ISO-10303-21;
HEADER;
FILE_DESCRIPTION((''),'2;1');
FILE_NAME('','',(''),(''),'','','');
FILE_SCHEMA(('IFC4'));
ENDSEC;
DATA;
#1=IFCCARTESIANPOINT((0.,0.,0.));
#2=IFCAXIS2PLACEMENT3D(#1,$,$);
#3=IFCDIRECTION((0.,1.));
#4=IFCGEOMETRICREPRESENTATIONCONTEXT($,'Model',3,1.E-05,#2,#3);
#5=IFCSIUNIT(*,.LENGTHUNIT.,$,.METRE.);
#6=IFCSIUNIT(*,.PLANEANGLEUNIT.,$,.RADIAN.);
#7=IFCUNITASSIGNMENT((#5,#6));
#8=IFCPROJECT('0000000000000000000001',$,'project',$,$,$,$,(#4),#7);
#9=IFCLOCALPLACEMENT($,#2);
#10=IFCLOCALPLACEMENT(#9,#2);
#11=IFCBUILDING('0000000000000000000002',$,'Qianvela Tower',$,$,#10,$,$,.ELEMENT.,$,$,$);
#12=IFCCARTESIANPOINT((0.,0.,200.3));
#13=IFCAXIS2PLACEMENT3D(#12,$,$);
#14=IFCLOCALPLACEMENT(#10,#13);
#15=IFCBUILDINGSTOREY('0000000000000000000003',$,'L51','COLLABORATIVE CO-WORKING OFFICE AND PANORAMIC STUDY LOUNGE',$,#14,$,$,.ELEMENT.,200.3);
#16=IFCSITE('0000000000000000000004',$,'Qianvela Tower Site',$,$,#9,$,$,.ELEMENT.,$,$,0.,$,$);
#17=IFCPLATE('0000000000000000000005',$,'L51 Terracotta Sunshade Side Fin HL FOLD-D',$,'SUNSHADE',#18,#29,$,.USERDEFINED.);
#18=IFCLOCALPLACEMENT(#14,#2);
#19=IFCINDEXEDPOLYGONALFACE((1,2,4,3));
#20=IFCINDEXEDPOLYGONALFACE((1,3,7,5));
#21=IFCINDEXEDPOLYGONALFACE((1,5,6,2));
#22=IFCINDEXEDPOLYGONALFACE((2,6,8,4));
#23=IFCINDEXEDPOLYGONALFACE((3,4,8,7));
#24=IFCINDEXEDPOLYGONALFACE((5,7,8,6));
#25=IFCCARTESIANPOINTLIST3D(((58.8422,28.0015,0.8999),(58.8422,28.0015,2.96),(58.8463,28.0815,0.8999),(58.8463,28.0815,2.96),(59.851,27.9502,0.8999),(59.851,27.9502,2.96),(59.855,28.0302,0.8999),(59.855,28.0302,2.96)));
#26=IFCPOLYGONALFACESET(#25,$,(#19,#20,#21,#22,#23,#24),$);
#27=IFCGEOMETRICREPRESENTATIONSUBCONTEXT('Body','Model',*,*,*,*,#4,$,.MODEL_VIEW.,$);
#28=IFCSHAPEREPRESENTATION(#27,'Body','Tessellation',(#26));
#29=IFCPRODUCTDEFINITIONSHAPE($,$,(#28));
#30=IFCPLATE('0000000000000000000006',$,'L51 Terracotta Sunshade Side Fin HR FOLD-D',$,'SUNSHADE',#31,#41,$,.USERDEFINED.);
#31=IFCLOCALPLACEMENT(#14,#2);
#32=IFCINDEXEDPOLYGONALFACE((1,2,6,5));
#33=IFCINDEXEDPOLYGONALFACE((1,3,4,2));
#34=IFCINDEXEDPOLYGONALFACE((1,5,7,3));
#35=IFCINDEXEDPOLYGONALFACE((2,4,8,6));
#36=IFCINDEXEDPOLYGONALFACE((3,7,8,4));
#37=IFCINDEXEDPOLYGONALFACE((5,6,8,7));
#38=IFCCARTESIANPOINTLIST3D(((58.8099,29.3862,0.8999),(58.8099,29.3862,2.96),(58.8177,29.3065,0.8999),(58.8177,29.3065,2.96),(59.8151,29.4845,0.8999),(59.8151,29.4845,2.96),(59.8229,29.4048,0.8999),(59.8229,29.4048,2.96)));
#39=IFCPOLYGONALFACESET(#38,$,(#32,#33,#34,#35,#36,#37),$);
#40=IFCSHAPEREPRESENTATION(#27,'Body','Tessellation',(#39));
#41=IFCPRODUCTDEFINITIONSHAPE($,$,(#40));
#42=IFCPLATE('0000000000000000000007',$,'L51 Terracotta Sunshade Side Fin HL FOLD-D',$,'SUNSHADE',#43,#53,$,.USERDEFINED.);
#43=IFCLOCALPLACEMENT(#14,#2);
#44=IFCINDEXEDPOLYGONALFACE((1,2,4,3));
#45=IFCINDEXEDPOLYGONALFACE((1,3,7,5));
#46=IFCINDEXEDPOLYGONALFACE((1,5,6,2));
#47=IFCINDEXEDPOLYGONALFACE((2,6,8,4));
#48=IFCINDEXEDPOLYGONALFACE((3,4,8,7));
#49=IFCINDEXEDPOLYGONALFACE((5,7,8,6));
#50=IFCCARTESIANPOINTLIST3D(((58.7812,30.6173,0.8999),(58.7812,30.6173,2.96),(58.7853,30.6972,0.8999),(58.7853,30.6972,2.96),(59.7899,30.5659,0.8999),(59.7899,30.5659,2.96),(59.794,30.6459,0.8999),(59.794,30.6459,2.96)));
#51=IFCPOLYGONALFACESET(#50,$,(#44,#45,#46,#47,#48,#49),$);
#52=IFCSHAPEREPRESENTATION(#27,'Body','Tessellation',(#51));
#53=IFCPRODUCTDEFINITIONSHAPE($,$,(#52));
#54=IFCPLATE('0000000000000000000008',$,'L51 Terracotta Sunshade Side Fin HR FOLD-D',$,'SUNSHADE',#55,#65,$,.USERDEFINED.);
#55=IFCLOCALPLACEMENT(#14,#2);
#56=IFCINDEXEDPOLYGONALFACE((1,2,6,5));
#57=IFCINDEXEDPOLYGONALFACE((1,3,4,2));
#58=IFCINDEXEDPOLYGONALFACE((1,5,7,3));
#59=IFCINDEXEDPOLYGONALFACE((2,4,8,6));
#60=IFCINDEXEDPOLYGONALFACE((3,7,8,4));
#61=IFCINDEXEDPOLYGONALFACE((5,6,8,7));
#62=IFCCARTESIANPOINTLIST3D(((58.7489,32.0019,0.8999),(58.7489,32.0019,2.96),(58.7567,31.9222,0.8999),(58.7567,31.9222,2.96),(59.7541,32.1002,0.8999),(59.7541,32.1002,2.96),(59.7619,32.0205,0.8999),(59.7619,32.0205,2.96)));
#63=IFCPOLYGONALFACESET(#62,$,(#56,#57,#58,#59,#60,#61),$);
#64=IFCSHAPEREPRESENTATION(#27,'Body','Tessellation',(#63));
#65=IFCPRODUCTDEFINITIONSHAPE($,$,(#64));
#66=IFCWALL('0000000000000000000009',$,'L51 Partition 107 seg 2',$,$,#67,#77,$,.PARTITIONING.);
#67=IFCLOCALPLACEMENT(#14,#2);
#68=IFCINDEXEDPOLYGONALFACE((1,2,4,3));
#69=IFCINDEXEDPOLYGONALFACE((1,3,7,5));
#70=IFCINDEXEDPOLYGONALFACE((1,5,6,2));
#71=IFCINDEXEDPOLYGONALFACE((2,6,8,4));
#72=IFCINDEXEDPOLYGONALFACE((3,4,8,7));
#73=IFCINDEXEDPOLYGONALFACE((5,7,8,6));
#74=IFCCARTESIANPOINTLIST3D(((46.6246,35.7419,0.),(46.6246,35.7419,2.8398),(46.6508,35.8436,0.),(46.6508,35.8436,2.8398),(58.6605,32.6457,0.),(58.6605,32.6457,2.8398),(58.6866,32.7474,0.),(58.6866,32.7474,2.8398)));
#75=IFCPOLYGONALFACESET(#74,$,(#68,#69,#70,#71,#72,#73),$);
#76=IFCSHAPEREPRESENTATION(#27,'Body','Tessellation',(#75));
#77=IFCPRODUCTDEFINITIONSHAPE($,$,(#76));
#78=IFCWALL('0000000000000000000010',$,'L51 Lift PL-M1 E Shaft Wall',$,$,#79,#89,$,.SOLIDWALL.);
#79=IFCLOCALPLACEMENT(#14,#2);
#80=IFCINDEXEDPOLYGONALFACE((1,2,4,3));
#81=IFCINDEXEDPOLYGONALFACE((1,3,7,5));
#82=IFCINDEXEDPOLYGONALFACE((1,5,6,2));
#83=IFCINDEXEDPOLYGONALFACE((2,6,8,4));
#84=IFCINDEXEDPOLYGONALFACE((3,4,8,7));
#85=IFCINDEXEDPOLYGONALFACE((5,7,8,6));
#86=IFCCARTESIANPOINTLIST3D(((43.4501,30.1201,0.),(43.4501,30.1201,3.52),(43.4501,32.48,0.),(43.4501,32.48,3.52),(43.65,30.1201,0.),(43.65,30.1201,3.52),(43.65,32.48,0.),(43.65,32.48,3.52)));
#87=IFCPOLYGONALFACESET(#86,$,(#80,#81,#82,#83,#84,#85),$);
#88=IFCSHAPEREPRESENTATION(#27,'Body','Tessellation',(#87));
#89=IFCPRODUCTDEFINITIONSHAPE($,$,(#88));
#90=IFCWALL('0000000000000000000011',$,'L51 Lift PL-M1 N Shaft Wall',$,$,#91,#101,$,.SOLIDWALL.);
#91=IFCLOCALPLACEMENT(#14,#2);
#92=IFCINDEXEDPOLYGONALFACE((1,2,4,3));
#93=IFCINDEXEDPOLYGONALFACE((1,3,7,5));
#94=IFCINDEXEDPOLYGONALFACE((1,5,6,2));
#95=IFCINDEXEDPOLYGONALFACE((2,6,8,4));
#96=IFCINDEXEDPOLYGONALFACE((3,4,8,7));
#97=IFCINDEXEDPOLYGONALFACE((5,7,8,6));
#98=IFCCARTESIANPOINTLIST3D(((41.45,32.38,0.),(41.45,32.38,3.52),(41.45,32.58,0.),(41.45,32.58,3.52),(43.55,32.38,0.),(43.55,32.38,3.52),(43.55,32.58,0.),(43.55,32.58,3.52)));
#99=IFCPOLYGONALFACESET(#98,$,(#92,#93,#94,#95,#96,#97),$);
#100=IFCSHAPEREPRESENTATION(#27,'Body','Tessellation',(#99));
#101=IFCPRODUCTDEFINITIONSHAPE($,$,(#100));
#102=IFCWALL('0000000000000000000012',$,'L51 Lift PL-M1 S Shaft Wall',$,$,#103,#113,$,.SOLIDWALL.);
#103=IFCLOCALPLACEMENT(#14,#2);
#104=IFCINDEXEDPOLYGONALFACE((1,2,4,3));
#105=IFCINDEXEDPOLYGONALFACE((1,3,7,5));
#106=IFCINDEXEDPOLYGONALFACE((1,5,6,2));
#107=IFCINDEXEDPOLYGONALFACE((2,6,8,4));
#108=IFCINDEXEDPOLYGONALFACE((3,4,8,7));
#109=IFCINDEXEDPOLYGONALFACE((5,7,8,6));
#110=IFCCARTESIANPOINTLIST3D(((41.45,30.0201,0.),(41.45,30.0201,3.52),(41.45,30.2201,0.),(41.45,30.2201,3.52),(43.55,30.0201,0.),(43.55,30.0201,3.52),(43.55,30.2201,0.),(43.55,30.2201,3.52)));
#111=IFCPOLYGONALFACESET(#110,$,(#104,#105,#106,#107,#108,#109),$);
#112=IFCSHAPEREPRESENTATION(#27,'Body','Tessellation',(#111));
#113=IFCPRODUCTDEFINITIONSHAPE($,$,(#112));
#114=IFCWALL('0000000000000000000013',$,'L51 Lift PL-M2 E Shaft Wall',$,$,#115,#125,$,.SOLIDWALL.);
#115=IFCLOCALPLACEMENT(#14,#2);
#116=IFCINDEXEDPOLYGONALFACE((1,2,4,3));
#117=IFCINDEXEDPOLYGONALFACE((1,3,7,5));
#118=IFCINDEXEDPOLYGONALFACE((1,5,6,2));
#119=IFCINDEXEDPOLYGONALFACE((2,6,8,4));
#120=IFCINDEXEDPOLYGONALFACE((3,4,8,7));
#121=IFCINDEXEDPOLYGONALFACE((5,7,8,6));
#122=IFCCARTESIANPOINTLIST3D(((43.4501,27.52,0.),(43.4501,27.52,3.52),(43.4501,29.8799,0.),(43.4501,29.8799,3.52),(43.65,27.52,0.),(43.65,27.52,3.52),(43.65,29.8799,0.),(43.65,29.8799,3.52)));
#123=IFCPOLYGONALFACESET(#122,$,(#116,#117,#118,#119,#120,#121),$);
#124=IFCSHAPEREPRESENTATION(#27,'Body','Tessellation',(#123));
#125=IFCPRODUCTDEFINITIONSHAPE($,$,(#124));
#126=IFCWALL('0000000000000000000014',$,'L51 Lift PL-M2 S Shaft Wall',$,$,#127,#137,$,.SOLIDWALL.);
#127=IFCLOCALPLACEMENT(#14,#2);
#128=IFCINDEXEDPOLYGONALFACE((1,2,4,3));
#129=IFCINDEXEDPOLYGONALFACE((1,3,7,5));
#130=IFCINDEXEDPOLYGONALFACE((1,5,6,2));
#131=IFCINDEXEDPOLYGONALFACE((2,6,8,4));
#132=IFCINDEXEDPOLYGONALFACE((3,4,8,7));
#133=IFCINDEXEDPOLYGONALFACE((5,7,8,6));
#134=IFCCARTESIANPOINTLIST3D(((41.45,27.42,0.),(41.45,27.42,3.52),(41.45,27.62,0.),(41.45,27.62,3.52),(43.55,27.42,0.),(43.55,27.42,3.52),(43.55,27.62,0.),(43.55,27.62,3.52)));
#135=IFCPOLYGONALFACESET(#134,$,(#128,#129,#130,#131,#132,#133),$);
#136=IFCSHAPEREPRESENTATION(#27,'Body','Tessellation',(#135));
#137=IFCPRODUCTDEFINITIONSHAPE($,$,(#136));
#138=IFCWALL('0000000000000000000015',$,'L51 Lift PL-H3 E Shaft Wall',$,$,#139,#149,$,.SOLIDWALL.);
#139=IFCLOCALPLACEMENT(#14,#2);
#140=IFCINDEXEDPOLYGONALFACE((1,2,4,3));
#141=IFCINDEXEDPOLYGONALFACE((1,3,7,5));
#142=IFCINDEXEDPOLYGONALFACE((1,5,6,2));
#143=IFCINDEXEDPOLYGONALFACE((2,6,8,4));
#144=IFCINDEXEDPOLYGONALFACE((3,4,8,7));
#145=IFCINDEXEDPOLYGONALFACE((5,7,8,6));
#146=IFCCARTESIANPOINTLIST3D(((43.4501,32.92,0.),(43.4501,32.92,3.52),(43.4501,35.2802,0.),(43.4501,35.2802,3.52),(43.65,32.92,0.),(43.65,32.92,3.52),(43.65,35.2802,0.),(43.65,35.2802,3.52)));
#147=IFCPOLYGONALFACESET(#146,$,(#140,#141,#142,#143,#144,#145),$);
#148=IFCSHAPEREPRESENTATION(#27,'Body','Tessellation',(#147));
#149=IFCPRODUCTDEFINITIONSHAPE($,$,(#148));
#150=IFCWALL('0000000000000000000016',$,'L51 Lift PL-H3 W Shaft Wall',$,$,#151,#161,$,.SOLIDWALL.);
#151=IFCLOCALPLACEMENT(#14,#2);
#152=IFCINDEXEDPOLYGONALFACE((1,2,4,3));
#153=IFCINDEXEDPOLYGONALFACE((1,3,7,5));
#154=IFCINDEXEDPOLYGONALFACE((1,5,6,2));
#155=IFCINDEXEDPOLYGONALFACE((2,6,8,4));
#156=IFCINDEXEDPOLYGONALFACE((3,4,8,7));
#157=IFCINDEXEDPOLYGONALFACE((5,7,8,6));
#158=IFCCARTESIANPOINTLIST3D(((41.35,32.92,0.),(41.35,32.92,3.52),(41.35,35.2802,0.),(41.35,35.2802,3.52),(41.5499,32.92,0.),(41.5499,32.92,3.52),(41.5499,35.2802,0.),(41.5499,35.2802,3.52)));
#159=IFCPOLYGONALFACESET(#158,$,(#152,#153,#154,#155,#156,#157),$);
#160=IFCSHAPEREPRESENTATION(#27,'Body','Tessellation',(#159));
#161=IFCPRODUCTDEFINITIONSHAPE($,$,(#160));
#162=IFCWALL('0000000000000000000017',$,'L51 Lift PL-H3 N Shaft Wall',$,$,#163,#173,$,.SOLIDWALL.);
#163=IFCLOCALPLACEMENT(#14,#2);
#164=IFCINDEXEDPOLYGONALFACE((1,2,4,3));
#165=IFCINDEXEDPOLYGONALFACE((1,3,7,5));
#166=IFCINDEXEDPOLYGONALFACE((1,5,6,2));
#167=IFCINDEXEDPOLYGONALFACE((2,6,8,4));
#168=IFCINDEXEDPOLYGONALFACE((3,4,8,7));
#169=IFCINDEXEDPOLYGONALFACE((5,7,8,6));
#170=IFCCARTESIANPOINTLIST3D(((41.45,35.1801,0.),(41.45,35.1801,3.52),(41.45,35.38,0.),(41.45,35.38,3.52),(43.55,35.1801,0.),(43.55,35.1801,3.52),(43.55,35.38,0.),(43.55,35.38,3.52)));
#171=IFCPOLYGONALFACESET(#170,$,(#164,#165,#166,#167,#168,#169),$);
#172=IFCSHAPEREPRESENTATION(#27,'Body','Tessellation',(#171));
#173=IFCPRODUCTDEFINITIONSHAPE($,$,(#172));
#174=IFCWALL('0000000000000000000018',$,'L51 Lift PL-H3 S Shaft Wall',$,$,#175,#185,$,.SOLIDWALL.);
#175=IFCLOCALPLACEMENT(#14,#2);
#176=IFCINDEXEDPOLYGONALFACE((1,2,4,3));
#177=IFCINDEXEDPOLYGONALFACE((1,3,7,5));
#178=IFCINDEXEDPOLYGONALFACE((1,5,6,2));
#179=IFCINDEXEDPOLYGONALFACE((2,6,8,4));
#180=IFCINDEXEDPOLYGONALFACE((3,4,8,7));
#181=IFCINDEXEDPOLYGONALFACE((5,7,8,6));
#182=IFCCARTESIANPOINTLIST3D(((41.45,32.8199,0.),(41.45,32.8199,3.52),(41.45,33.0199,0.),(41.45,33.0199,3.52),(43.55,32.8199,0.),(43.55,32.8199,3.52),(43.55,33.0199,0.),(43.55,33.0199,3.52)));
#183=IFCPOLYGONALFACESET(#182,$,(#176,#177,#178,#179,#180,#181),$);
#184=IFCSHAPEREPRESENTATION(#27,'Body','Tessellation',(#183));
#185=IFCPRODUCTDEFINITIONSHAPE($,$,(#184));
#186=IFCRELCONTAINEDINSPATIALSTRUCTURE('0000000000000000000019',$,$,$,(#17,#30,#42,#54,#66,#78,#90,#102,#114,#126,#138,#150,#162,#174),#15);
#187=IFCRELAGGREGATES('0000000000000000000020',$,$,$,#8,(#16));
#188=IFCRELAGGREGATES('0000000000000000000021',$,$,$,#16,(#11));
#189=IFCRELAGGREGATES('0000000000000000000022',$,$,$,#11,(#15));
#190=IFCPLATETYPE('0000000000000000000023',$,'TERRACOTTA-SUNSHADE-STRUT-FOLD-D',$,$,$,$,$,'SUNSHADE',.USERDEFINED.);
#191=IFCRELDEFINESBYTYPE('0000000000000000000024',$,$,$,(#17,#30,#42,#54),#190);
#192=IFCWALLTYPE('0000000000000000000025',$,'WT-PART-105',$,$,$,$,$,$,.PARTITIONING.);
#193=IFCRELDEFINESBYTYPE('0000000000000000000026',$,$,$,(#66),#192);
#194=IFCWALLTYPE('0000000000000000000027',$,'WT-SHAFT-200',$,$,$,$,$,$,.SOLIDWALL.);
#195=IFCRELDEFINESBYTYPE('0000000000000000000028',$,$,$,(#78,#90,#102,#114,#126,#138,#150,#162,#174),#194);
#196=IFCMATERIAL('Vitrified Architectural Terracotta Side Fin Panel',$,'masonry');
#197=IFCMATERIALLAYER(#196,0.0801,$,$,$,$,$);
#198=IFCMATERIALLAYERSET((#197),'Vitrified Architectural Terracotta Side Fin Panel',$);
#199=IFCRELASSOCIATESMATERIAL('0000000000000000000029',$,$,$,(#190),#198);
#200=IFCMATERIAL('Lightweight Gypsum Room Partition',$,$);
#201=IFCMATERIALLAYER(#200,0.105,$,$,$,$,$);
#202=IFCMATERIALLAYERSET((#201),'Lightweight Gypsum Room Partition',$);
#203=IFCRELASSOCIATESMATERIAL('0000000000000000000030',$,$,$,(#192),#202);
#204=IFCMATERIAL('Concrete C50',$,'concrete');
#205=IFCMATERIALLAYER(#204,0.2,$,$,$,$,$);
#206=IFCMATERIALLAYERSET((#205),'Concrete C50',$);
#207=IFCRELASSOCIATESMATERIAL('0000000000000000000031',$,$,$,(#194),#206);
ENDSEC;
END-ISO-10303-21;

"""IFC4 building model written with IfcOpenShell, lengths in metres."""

from ifc_helpers import new_model, si_unit, direction, frame, frame_2d, origin, origin_2d, place, context, subcontext, project, spatial, rectangle, extrude, material, layer, layer_set, type_object, element, save


model = new_model("IFC4")

# Units and contexts
model_context = context("Model", 3, precision=1e-05, world=origin(), true_north=direction((0.0, 1.0)))
body_context = subcontext(model_context, "Body", "Model", "MODEL_VIEW")
ifc_project = project(units=[si_unit("LENGTHUNIT", "METRE"), si_unit("PLANEANGLEUNIT", "RADIAN")], contexts=[model_context])

# Site, building, storey
site_placement = place(None, origin())
site = spatial("IfcSite", under=ifc_project, at=site_placement, Name="Qianvela Tower Site", CompositionType="ELEMENT", RefElevation=0.0)
building_placement = place(site_placement, origin())
building = spatial("IfcBuilding", under=site, at=building_placement, Name="Qianvela Tower", CompositionType="ELEMENT")
storey_placement = place(building_placement, frame((0.0, 0.0, 200.3)))
storey = spatial("IfcBuildingStorey", under=building, at=storey_placement, Name="L51", Description="COLLABORATIVE CO-WORKING OFFICE AND PANORAMIC STUDY LOUNGE", CompositionType="ELEMENT", Elevation=200.3)

# Plates
ifc_material_1 = material(Name="Vitrified Architectural Terracotta Side Fin Panel", Category="masonry")
ifc_layer_1 = layer(ifc_material_1, 0.0801)
ifc_layer_set_1 = layer_set([ifc_layer_1], Name="Vitrified Architectural Terracotta Side Fin Panel")
plate_type_1 = type_object("IfcPlateType", Name="TERRACOTTA-SUNSHADE-STRUT-FOLD-D", ElementType="SUNSHADE", PredefinedType="USERDEFINED", material=ifc_layer_set_1)
for number, where, z_axis, x_axis, name in (
    (1, (59.3486, 28.0159, 0.8999), (0.0, 0.0, 1.0), (0.050823, 0.998708, 0.0), "L51 Terracotta Sunshade Side Fin HL FOLD-D"),
    (2, (59.3164, 29.3955, 0.8999), (0.0, 0.0, 1.0), (-0.097354, 0.99525, 0.0), "L51 Terracotta Sunshade Side Fin HR FOLD-D"),
    (3, (59.2876, 30.6316, 0.8999), (0.0, 0.0, 1.0), (0.050823, 0.998708, 0.0), "L51 Terracotta Sunshade Side Fin HL FOLD-D"),
    (4, (59.2554, 32.0112, 0.8999), (0.0, 0.0, 1.0), (-0.097354, 0.99525, 0.0), "L51 Terracotta Sunshade Side Fin HR FOLD-D"),
):
    element("IfcPlate", number, at=place(storey_placement, frame(where, z_axis=z_axis, x_axis=x_axis)), inside=storey, type_object=plate_type_1, Name=name, ObjectType="SUNSHADE", PredefinedType="USERDEFINED", context=body_context, shape_type="SweptSolid", body=[
        extrude(rectangle(XDim=0.0801, YDim=1.01, at=origin_2d()), origin(), (0.0, 0.0, 1.0), 2.0601),
    ])

# Walls
ifc_material_2 = material(Name="Lightweight Gypsum Room Partition")
ifc_layer_2 = layer(ifc_material_2, 0.105)
ifc_layer_set_2 = layer_set([ifc_layer_2], Name="Lightweight Gypsum Room Partition")
wall_type_1 = type_object("IfcWallType", Name="WT-PART-105", PredefinedType="PARTITIONING", material=ifc_layer_set_2)
wall_1_placement = place(storey_placement, frame((46.6377, 35.7927, 0.0), z_axis=(0.0, 0.0, 1.0), x_axis=(0.968469, -0.249135, 0.0)))
element("IfcWall", 5, at=wall_1_placement, inside=storey, type_object=wall_type_1, Name="L51 Partition 107 seg 2", PredefinedType="PARTITIONING", context=body_context, shape_type="SweptSolid", body=[
    extrude(rectangle(XDim=12.4277, YDim=0.105, at=frame_2d((6.2139, 0.0))), origin(), (0.0, 0.0, 1.0), 2.8398),
])
ifc_material_3 = material(Name="Concrete C50", Category="concrete")
ifc_layer_3 = layer(ifc_material_3, 0.2)
ifc_layer_set_3 = layer_set([ifc_layer_3], Name="Concrete C50")
wall_type_2 = type_object("IfcWallType", Name="WT-SHAFT-200", PredefinedType="SOLIDWALL", material=ifc_layer_set_3)
wall_2_placement = place(storey_placement, frame((43.55, 30.1201, 0.0), z_axis=(0.0, 0.0, 1.0), x_axis=(0.0, 1.0, 0.0)))
element("IfcWall", 6, at=wall_2_placement, inside=storey, type_object=wall_type_2, Name="L51 Lift PL-M1 E Shaft Wall", PredefinedType="SOLIDWALL", context=body_context, shape_type="SweptSolid", body=[
    extrude(rectangle(XDim=2.3599, YDim=0.2, at=frame_2d((1.1799, 0.0))), origin(), (0.0, 0.0, 1.0), 3.52),
])

# Walls
for number, where, z_axis, x_axis, name in (
    (7, (41.45, 32.48, 0.0), (0.0, 0.0, 1.0), (1.0, 0.0, 0.0), "L51 Lift PL-M1 N Shaft Wall"),
    (8, (41.45, 30.1201, 0.0), (0.0, 0.0, 1.0), (1.0, 0.0, 0.0), "L51 Lift PL-M1 S Shaft Wall"),
):
    element("IfcWall", number, at=place(storey_placement, frame(where, z_axis=z_axis, x_axis=x_axis)), inside=storey, type_object=wall_type_2, Name=name, PredefinedType="SOLIDWALL", context=body_context, shape_type="SweptSolid", body=[
        extrude(rectangle(XDim=2.1001, YDim=0.2, at=frame_2d((1.05, 0.0))), origin(), (0.0, 0.0, 1.0), 3.52),
    ])
wall_3_placement = place(storey_placement, frame((43.55, 27.52, 0.0), z_axis=(0.0, 0.0, 1.0), x_axis=(0.0, 1.0, 0.0)))
element("IfcWall", 9, at=wall_3_placement, inside=storey, type_object=wall_type_2, Name="L51 Lift PL-M2 E Shaft Wall", PredefinedType="SOLIDWALL", context=body_context, shape_type="SweptSolid", body=[
    extrude(rectangle(XDim=2.3599, YDim=0.2, at=frame_2d((1.1799, 0.0))), origin(), (0.0, 0.0, 1.0), 3.52),
])

# Walls
wall_4_placement = place(storey_placement, frame((41.45, 27.52, 0.0), z_axis=(0.0, 0.0, 1.0), x_axis=(1.0, 0.0, 0.0)))
element("IfcWall", 10, at=wall_4_placement, inside=storey, type_object=wall_type_2, Name="L51 Lift PL-M2 S Shaft Wall", PredefinedType="SOLIDWALL", context=body_context, shape_type="SweptSolid", body=[
    extrude(rectangle(XDim=2.1001, YDim=0.2, at=frame_2d((1.05, 0.0))), origin(), (0.0, 0.0, 1.0), 3.52),
])
for number, where, z_axis, x_axis, name in (
    (11, (43.55, 32.9199, 0.0), (0.0, 0.0, 1.0), (0.0, 1.0, 0.0), "L51 Lift PL-H3 E Shaft Wall"),
    (12, (41.45, 32.9199, 0.0), (0.0, 0.0, 1.0), (0.0, 1.0, 0.0), "L51 Lift PL-H3 W Shaft Wall"),
):
    element("IfcWall", number, at=place(storey_placement, frame(where, z_axis=z_axis, x_axis=x_axis)), inside=storey, type_object=wall_type_2, Name=name, PredefinedType="SOLIDWALL", context=body_context, shape_type="SweptSolid", body=[
        extrude(rectangle(XDim=2.3601, YDim=0.2, at=frame_2d((1.1802, 0.0))), origin(), (0.0, 0.0, 1.0), 3.52),
    ])
for number, where, z_axis, x_axis, name in (
    (13, (41.45, 35.28, 0.0), (0.0, 0.0, 1.0), (1.0, 0.0, 0.0), "L51 Lift PL-H3 N Shaft Wall"),
    (14, (41.45, 32.9199, 0.0), (0.0, 0.0, 1.0), (1.0, 0.0, 0.0), "L51 Lift PL-H3 S Shaft Wall"),
):
    element("IfcWall", number, at=place(storey_placement, frame(where, z_axis=z_axis, x_axis=x_axis)), inside=storey, type_object=wall_type_2, Name=name, PredefinedType="SOLIDWALL", context=body_context, shape_type="SweptSolid", body=[
        extrude(rectangle(XDim=2.1001, YDim=0.2, at=frame_2d((1.05, 0.0))), origin(), (0.0, 0.0, 1.0), 3.52),
    ])

save(model, "model.ifc")
